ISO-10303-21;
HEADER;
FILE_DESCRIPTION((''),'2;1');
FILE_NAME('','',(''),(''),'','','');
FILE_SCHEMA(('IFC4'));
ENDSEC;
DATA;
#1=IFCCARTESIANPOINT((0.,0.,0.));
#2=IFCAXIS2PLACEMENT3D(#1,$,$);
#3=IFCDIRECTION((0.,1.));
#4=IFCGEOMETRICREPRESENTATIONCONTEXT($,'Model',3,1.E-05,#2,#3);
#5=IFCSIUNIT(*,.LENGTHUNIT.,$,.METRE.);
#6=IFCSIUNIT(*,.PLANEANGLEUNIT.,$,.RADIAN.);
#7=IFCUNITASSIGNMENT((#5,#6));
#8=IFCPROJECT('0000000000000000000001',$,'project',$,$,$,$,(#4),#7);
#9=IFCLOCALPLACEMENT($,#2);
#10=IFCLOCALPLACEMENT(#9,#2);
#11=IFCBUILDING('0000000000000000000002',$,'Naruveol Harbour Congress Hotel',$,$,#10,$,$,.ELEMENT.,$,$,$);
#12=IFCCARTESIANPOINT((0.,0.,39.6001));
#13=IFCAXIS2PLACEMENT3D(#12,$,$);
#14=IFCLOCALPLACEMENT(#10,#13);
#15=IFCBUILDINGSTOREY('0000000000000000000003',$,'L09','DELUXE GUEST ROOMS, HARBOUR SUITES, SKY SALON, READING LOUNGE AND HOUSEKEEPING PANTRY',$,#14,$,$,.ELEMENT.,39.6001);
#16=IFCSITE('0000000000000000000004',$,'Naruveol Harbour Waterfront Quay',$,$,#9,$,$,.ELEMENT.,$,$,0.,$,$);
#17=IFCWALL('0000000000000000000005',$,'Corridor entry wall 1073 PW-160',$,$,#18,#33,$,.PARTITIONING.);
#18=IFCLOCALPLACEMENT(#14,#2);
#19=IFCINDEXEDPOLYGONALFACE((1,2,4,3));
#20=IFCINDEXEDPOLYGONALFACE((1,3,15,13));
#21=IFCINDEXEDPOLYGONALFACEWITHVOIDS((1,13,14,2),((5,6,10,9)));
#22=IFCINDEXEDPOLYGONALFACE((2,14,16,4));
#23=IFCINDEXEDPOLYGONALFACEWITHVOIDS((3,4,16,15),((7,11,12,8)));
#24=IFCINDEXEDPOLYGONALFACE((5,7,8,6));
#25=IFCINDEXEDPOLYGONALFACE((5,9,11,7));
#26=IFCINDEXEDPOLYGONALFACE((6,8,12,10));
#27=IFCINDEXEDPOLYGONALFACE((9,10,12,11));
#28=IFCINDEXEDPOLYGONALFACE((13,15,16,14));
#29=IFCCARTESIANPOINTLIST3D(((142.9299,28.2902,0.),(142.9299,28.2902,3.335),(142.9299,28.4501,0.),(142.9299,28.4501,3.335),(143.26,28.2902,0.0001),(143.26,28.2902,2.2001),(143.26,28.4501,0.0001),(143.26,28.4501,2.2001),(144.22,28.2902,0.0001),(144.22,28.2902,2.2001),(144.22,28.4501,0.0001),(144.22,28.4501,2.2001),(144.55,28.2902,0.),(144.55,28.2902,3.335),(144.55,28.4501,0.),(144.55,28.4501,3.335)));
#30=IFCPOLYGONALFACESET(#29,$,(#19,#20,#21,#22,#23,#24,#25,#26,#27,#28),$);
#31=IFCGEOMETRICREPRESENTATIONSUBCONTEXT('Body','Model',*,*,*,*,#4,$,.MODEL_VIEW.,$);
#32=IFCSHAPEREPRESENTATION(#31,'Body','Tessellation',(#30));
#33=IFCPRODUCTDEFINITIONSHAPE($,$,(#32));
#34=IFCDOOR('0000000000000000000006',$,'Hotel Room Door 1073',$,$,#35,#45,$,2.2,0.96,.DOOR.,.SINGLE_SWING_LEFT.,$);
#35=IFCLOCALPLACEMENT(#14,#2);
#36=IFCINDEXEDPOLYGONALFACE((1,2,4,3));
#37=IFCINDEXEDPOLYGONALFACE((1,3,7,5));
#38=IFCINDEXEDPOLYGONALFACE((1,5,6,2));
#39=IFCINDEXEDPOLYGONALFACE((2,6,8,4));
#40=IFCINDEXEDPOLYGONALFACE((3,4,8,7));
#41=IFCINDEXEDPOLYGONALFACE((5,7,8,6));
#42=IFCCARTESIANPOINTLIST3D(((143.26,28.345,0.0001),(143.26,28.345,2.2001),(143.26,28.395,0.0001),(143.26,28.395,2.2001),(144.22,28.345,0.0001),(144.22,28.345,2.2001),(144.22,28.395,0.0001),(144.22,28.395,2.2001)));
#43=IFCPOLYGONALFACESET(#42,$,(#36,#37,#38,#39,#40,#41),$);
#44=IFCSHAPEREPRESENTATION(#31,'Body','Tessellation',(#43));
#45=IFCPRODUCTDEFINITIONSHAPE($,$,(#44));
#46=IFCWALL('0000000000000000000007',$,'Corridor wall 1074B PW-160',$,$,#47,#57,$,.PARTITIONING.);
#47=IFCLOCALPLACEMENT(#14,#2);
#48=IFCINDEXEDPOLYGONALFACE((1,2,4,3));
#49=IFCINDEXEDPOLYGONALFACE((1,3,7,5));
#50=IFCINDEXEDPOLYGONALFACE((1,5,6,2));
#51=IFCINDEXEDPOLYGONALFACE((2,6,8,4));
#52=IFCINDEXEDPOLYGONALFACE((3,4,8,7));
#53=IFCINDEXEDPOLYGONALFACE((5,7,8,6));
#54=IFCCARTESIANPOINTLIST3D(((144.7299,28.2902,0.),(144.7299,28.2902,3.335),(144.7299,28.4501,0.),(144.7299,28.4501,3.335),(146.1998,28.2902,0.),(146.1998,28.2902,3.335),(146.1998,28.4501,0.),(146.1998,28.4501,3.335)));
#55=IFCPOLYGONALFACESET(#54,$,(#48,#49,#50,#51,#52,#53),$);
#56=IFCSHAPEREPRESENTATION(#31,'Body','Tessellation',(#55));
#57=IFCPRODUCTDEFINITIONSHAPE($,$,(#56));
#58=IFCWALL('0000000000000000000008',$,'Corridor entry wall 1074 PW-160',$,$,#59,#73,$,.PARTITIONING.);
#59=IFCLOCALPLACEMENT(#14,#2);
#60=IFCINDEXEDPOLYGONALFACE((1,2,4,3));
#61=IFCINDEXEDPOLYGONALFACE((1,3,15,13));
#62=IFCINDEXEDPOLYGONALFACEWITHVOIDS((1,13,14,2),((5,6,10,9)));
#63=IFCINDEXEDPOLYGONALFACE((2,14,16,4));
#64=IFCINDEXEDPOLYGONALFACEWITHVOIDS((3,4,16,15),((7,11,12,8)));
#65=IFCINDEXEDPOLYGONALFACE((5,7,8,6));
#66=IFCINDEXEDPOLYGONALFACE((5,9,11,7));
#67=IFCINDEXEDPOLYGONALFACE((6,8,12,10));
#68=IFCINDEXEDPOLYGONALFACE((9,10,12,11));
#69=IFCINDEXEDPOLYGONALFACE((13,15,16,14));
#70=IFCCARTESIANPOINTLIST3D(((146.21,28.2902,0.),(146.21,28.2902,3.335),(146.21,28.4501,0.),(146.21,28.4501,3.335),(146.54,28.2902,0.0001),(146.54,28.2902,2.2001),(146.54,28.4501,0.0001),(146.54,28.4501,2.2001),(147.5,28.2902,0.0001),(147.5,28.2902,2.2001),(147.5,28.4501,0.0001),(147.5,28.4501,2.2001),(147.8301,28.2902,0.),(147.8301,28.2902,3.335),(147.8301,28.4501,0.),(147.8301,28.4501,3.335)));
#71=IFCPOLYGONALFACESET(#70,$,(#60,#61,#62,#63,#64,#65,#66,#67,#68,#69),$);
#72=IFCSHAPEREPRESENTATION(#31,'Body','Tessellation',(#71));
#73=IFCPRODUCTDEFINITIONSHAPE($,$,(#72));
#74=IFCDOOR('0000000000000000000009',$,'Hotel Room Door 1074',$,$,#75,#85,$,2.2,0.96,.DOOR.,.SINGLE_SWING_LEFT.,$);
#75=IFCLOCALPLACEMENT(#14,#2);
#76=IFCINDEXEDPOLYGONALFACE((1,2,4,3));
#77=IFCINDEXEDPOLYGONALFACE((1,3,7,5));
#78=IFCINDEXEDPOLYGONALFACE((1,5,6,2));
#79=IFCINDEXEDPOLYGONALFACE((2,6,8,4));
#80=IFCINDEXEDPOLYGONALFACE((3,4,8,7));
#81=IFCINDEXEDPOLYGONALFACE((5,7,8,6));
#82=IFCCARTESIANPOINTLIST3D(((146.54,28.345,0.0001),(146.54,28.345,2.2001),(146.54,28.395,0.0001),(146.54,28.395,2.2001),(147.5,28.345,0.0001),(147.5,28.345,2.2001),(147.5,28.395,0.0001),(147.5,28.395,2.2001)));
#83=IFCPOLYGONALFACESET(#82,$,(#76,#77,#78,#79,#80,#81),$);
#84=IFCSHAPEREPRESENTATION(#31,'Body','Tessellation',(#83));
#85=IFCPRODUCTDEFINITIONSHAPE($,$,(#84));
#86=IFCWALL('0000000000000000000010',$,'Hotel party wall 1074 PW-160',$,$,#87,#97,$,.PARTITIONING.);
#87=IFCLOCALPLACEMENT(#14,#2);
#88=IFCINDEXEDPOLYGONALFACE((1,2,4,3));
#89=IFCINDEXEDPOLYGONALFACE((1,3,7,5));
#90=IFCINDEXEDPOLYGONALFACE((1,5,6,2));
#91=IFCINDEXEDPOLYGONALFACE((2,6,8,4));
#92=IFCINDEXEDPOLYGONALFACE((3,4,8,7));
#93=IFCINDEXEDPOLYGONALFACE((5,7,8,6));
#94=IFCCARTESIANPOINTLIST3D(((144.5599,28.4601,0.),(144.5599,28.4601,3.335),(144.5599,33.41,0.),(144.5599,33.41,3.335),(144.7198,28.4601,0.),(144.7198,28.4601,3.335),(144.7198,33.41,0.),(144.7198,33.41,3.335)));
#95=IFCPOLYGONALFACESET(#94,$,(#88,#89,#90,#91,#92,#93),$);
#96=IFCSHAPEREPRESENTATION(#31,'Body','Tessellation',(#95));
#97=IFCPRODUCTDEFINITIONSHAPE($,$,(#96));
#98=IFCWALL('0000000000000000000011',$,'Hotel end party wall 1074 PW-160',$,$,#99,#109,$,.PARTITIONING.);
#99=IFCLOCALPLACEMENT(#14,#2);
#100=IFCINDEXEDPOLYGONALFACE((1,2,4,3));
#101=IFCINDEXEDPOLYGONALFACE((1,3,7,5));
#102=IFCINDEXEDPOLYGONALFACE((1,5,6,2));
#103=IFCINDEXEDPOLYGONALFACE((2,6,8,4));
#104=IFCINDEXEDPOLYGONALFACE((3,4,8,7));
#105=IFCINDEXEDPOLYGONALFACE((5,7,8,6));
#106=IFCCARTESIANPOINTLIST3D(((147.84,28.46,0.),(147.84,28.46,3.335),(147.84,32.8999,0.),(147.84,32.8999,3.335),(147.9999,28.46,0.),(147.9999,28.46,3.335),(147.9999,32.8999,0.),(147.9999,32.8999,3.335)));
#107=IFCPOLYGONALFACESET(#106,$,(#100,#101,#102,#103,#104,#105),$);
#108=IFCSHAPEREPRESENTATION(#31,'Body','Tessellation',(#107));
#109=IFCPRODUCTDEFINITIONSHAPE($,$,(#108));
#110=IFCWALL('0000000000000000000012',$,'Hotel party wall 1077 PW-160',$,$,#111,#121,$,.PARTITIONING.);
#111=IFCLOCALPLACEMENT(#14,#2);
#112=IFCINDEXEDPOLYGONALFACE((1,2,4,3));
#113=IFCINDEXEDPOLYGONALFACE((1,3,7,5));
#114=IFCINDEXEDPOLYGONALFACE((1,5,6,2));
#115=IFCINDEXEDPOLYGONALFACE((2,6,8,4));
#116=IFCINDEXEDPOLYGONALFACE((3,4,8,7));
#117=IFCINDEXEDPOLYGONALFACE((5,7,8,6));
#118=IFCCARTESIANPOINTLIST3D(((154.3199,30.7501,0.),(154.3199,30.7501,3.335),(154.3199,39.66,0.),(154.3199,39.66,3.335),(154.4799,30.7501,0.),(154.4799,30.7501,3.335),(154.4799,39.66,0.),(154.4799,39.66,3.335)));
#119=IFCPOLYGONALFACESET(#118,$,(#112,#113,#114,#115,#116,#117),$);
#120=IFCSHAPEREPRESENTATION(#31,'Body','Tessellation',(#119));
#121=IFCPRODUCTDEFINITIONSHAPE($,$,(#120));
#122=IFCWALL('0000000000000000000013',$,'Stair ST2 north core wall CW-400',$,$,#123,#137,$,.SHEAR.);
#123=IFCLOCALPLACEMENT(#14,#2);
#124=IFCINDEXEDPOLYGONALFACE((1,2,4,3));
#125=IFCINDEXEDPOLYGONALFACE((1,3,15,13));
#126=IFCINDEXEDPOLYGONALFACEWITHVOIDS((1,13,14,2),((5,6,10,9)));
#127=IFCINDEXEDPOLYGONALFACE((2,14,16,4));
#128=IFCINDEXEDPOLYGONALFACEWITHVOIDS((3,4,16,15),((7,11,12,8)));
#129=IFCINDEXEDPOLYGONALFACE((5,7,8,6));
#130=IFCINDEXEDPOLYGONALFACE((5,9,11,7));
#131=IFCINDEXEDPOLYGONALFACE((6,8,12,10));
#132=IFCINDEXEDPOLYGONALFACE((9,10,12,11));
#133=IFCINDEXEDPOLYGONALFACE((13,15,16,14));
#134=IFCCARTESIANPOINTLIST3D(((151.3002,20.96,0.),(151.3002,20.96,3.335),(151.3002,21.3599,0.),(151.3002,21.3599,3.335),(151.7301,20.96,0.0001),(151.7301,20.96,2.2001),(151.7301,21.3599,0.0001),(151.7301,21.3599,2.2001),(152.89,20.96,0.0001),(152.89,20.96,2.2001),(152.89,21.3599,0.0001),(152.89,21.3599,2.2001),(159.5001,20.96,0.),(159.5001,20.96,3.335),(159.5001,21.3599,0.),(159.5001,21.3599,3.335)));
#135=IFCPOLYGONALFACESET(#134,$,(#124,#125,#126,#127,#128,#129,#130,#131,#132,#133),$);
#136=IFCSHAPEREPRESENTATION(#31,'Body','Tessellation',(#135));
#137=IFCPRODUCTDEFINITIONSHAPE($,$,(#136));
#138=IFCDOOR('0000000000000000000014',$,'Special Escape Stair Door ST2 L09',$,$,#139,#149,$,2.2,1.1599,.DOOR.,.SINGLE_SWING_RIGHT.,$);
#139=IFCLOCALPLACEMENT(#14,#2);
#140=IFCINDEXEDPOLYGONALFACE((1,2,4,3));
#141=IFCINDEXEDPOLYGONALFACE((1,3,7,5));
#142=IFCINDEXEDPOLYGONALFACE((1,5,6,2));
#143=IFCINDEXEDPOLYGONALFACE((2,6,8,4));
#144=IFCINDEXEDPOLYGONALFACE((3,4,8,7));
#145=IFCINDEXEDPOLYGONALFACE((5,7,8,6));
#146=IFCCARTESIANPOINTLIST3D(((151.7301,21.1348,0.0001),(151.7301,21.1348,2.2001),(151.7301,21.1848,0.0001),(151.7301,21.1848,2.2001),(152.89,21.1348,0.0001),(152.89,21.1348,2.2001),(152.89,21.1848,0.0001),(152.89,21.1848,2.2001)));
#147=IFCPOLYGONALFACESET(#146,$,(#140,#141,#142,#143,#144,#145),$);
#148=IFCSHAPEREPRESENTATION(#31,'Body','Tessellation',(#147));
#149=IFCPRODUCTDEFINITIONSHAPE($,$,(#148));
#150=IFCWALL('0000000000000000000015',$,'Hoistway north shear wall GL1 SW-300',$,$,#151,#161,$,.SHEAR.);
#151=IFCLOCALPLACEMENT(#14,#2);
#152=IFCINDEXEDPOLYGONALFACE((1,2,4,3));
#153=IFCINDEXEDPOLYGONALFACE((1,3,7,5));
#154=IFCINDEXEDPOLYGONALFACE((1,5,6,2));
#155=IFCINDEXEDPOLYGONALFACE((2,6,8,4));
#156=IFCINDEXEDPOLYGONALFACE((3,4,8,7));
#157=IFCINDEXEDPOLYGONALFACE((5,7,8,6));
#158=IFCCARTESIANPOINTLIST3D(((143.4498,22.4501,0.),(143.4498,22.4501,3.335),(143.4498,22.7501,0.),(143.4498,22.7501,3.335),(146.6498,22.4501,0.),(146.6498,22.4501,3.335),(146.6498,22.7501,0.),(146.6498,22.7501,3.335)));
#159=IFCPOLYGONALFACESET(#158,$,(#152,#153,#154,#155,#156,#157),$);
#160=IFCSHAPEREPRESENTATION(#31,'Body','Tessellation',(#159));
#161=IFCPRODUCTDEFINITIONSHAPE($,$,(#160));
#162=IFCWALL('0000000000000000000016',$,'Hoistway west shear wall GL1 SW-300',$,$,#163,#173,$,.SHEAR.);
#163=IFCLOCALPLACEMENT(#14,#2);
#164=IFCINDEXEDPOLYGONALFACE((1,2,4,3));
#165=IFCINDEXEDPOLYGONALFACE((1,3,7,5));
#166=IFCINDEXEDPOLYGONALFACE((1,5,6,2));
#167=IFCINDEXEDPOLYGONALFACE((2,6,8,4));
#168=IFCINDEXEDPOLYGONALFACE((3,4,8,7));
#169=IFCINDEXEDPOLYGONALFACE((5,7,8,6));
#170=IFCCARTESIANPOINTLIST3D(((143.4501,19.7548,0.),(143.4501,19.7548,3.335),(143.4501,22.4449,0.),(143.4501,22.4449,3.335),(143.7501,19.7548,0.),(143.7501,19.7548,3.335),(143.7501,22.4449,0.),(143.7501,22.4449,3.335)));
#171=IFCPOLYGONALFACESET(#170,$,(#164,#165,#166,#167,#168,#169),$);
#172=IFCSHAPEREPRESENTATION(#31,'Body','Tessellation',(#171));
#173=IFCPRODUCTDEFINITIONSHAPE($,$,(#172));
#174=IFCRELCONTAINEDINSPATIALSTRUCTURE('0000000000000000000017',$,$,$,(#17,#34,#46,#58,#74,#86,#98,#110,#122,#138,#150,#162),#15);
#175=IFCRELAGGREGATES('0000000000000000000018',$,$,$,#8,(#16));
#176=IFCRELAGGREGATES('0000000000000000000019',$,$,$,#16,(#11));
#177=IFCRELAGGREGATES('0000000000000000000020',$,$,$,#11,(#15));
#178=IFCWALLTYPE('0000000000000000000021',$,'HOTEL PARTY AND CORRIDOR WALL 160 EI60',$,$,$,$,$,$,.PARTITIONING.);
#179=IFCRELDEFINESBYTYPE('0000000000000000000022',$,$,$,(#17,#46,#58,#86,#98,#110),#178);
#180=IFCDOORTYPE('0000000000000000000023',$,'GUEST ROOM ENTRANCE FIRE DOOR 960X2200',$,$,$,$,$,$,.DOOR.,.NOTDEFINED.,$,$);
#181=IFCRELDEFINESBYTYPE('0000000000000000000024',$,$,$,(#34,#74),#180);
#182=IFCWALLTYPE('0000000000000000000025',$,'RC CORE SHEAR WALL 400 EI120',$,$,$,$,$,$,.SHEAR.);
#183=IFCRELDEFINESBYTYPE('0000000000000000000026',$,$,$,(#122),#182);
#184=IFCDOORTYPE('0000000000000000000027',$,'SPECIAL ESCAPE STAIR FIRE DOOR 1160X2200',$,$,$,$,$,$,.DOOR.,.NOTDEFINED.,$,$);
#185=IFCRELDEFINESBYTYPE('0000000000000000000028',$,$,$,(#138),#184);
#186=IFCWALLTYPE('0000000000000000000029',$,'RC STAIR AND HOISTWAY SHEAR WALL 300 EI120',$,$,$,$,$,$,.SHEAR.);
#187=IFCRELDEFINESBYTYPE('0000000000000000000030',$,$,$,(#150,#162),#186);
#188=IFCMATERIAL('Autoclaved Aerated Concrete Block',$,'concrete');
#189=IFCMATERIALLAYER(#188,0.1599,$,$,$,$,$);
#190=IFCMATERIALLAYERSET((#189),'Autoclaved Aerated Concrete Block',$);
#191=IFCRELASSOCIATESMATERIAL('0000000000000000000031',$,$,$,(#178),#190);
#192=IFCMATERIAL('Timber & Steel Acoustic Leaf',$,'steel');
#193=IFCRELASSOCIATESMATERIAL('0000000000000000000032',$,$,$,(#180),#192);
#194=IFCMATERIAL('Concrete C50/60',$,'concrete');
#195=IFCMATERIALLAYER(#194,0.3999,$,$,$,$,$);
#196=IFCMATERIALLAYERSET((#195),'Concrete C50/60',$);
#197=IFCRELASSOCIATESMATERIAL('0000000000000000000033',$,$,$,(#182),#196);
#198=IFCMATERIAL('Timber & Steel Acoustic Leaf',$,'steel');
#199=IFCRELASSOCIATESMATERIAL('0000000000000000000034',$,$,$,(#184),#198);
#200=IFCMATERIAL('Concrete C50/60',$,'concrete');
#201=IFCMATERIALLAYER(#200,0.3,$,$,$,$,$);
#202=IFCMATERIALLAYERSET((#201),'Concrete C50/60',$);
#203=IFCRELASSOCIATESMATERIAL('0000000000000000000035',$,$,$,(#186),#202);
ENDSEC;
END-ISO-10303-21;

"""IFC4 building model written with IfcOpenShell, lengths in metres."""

from ifc_helpers import new_model, si_unit, direction, frame, frame_2d, origin, place, context, subcontext, project, spatial, rectangle, extrude, material, layer, layer_set, type_object, element, fill, save


model = new_model("IFC4")

# Units and contexts
model_context = context("Model", 3, precision=1e-05, world=origin(), true_north=direction((0.0, 1.0)))
body_context = subcontext(model_context, "Body", "Model", "MODEL_VIEW")
ifc_project = project(units=[si_unit("LENGTHUNIT", "METRE"), si_unit("PLANEANGLEUNIT", "RADIAN")], contexts=[model_context])

# Site, building, storey
site_placement = place(None, origin())
site = spatial("IfcSite", under=ifc_project, at=site_placement, Name="Naruveol Harbour Waterfront Quay", CompositionType="ELEMENT", RefElevation=0.0)
building_placement = place(site_placement, origin())
building = spatial("IfcBuilding", under=site, at=building_placement, Name="Naruveol Harbour Congress Hotel", CompositionType="ELEMENT")
storey_placement = place(building_placement, frame((0.0, 0.0, 39.6001)))
storey = spatial("IfcBuildingStorey", under=building, at=storey_placement, Name="L09", Description="DELUXE GUEST ROOMS, HARBOUR SUITES, SKY SALON, READING LOUNGE AND HOUSEKEEPING PANTRY", CompositionType="ELEMENT", Elevation=39.6001)

# Shared definitions
ifc_material_1 = material(Name="Autoclaved Aerated Concrete Block", Category="concrete")
ifc_layer_1 = layer(ifc_material_1, 0.1599)
ifc_layer_set_1 = layer_set([ifc_layer_1], Name="Autoclaved Aerated Concrete Block")
wall_type_1 = type_object("IfcWallType", Name="HOTEL PARTY AND CORRIDOR WALL 160 EI60", PredefinedType="PARTITIONING", material=ifc_layer_set_1)

# Wall, opening, door
wall_1_placement = place(storey_placement, frame((142.9299, 28.3701, 0.0), z_axis=(0.0, 0.0, 1.0), x_axis=(1.0, 0.0, 0.0)))
wall_1 = element("IfcWall", 1, at=wall_1_placement, inside=storey, type_object=wall_type_1, Name="Corridor entry wall 1073 PW-160", PredefinedType="PARTITIONING", context=body_context, shape_type="SweptSolid", body=[
    extrude(rectangle(XDim=1.6201, YDim=0.1599, at=frame_2d((0.8101, 0.0))), origin(), (0.0, 0.0, 1.0), 3.335),
])
opening_1_placement = place(wall_1_placement, frame((0.3301, 0.0, 0.0)))
opening_1 = element("IfcOpeningElement", 2, at=opening_1_placement, cuts=wall_1, PredefinedType="OPENING", context=body_context, shape_type="SweptSolid", body=[
    extrude(rectangle(XDim=0.96, YDim=2.2, at=frame_2d((0.48, 1.1001))), frame((0.0, 0.0898, 0.0), z_axis=(0.0, -1.0, 0.0), x_axis=(1.0, 0.0, 0.0)), (0.0, 0.0, 1.0), 0.1799),
])
ifc_material_2 = material(Name="Timber & Steel Acoustic Leaf", Category="steel")
door_type_1 = type_object("IfcDoorType", Name="GUEST ROOM ENTRANCE FIRE DOOR 960X2200", OperationType="NOTDEFINED", PredefinedType="DOOR", material=ifc_material_2)
door_1_placement = place(opening_1_placement, origin())
door_1 = element("IfcDoor", 3, at=door_1_placement, inside=storey, type_object=door_type_1, Name="Hotel Room Door 1073", OperationType="SINGLE_SWING_LEFT", OverallHeight=2.2, OverallWidth=0.96, PredefinedType="DOOR", context=body_context, shape_type="SweptSolid", body=[
    extrude(rectangle(XDim=0.96, YDim=2.2, at=frame_2d((0.48, 1.1001))), frame((0.0, 0.0249, 0.0), z_axis=(0.0, -1.0, 0.0), x_axis=(1.0, 0.0, 0.0)), (0.0, 0.0, 1.0), 0.05),
])
fill(opening_1, door_1)

# Wall
wall_2_placement = place(storey_placement, frame((144.73, 28.3701, 0.0), z_axis=(0.0, 0.0, 1.0), x_axis=(1.0, 0.0, 0.0)))
element("IfcWall", 4, at=wall_2_placement, inside=storey, type_object=wall_type_1, Name="Corridor wall 1074B PW-160", PredefinedType="PARTITIONING", context=body_context, shape_type="SweptSolid", body=[
    extrude(rectangle(XDim=1.47, YDim=0.1599, at=frame_2d((0.7349, 0.0))), origin(), (0.0, 0.0, 1.0), 3.335),
])

# Wall, opening, door
wall_3_placement = place(storey_placement, frame((146.21, 28.3701, 0.0), z_axis=(0.0, 0.0, 1.0), x_axis=(1.0, 0.0, 0.0)))
wall_3 = element("IfcWall", 5, at=wall_3_placement, inside=storey, type_object=wall_type_1, Name="Corridor entry wall 1074 PW-160", PredefinedType="PARTITIONING", context=body_context, shape_type="SweptSolid", body=[
    extrude(rectangle(XDim=1.6201, YDim=0.1599, at=frame_2d((0.8101, 0.0))), origin(), (0.0, 0.0, 1.0), 3.335),
])
opening_2_placement = place(wall_3_placement, frame((0.3301, 0.0, 0.0)))
opening_2 = element("IfcOpeningElement", 6, at=opening_2_placement, cuts=wall_3, PredefinedType="OPENING", context=body_context, shape_type="SweptSolid", body=[
    extrude(rectangle(XDim=0.96, YDim=2.2, at=frame_2d((0.48, 1.1001))), frame((0.0, 0.0898, 0.0), z_axis=(0.0, -1.0, 0.0), x_axis=(1.0, 0.0, 0.0)), (0.0, 0.0, 1.0), 0.1799),
])
door_2_placement = place(opening_2_placement, origin())
door_2 = element("IfcDoor", 7, at=door_2_placement, inside=storey, type_object=door_type_1, Name="Hotel Room Door 1074", OperationType="SINGLE_SWING_LEFT", OverallHeight=2.2, OverallWidth=0.96, PredefinedType="DOOR", context=body_context, shape_type="SweptSolid", body=[
    extrude(rectangle(XDim=0.96, YDim=2.2, at=frame_2d((0.48, 1.1001))), frame((0.0, 0.0249, 0.0), z_axis=(0.0, -1.0, 0.0), x_axis=(1.0, 0.0, 0.0)), (0.0, 0.0, 1.0), 0.05),
])
fill(opening_2, door_2)

# Walls
wall_4_placement = place(storey_placement, frame((144.6399, 28.46, 0.0), z_axis=(0.0, 0.0, 1.0), x_axis=(0.0, 1.0, 0.0)))
element("IfcWall", 8, at=wall_4_placement, inside=storey, type_object=wall_type_1, Name="Hotel party wall 1074 PW-160", PredefinedType="PARTITIONING", context=body_context, shape_type="SweptSolid", body=[
    extrude(rectangle(XDim=4.95, YDim=0.1599, at=frame_2d((2.4751, 0.0))), origin(), (0.0, 0.0, 1.0), 3.335),
])
wall_5_placement = place(storey_placement, frame((147.9199, 28.46, 0.0), z_axis=(0.0, 0.0, 1.0), x_axis=(0.0, 1.0, 0.0)))
element("IfcWall", 9, at=wall_5_placement, inside=storey, type_object=wall_type_1, Name="Hotel end party wall 1074 PW-160", PredefinedType="PARTITIONING", context=body_context, shape_type="SweptSolid", body=[
    extrude(rectangle(XDim=4.4399, YDim=0.1599, at=frame_2d((2.22, 0.0))), origin(), (0.0, 0.0, 1.0), 3.335),
])
wall_6_placement = place(storey_placement, frame((154.3999, 30.75, 0.0), z_axis=(0.0, 0.0, 1.0), x_axis=(0.0, 1.0, 0.0)))
element("IfcWall", 10, at=wall_6_placement, inside=storey, type_object=wall_type_1, Name="Hotel party wall 1077 PW-160", PredefinedType="PARTITIONING", context=body_context, shape_type="SweptSolid", body=[
    extrude(rectangle(XDim=8.9099, YDim=0.1599, at=frame_2d((4.4551, 0.0))), origin(), (0.0, 0.0, 1.0), 3.335),
])

# Wall, opening, door
ifc_material_3 = material(Name="Concrete C50/60", Category="concrete")
ifc_layer_2 = layer(ifc_material_3, 0.3999)
ifc_layer_set_2 = layer_set([ifc_layer_2], Name="Concrete C50/60")
wall_type_2 = type_object("IfcWallType", Name="RC CORE SHEAR WALL 400 EI120", PredefinedType="SHEAR", material=ifc_layer_set_2)
wall_7_placement = place(storey_placement, frame((151.3, 21.1599, 0.0), z_axis=(0.0, 0.0, 1.0), x_axis=(1.0, 0.0, 0.0)))
wall_7 = element("IfcWall", 11, at=wall_7_placement, inside=storey, type_object=wall_type_2, Name="Stair ST2 north core wall CW-400", PredefinedType="SHEAR", context=body_context, shape_type="SweptSolid", body=[
    extrude(rectangle(XDim=8.2, YDim=0.3999, at=frame_2d((4.1001, 0.0))), origin(), (0.0, 0.0, 1.0), 3.335),
])
opening_3_placement = place(wall_7_placement, frame((0.4299, 0.0, 0.0)))
opening_3 = element("IfcOpeningElement", 12, at=opening_3_placement, cuts=wall_7, PredefinedType="OPENING", context=body_context, shape_type="SweptSolid", body=[
    extrude(rectangle(XDim=1.1599, YDim=2.2, at=frame_2d((0.5801, 1.1001))), frame((0.0, 0.21, 0.0), z_axis=(0.0, -1.0, 0.0), x_axis=(1.0, 0.0, 0.0)), (0.0, 0.0, 1.0), 0.4199),
])
ifc_material_4 = material(Name="Timber & Steel Acoustic Leaf", Category="steel")
door_type_2 = type_object("IfcDoorType", Name="SPECIAL ESCAPE STAIR FIRE DOOR 1160X2200", OperationType="NOTDEFINED", PredefinedType="DOOR", material=ifc_material_4)
door_3_placement = place(opening_3_placement, origin())
door_3 = element("IfcDoor", 13, at=door_3_placement, inside=storey, type_object=door_type_2, Name="Special Escape Stair Door ST2 L09", OperationType="SINGLE_SWING_RIGHT", OverallHeight=2.2, OverallWidth=1.1599, PredefinedType="DOOR", context=body_context, shape_type="SweptSolid", body=[
    extrude(rectangle(XDim=1.1599, YDim=2.2, at=frame_2d((0.5801, 1.1001))), frame((0.0, 0.0249, 0.0), z_axis=(0.0, -1.0, 0.0), x_axis=(1.0, 0.0, 0.0)), (0.0, 0.0, 1.0), 0.05),
])
fill(opening_3, door_3)

# Walls
ifc_material_5 = material(Name="Concrete C50/60", Category="concrete")
ifc_layer_3 = layer(ifc_material_5, 0.3)
ifc_layer_set_3 = layer_set([ifc_layer_3], Name="Concrete C50/60")
wall_type_3 = type_object("IfcWallType", Name="RC STAIR AND HOISTWAY SHEAR WALL 300 EI120", PredefinedType="SHEAR", material=ifc_layer_set_3)
wall_8_placement = place(storey_placement, frame((146.6499, 22.6001, 0.0), z_axis=(0.0, 0.0, 1.0), x_axis=(-1.0, 0.0, 0.0)))
element("IfcWall", 14, at=wall_8_placement, inside=storey, type_object=wall_type_3, Name="Hoistway north shear wall GL1 SW-300", PredefinedType="SHEAR", context=body_context, shape_type="SweptSolid", body=[
    extrude(rectangle(XDim=3.2, YDim=0.3, at=frame_2d((1.6001, 0.0))), origin(), (0.0, 0.0, 1.0), 3.335),
])
wall_9_placement = place(storey_placement, frame((143.6001, 22.4451, 0.0), z_axis=(0.0, 0.0, 1.0), x_axis=(0.0, -1.0, 0.0)))
element("IfcWall", 15, at=wall_9_placement, inside=storey, type_object=wall_type_3, Name="Hoistway west shear wall GL1 SW-300", PredefinedType="SHEAR", context=body_context, shape_type="SweptSolid", body=[
    extrude(rectangle(XDim=2.6902, YDim=0.3, at=frame_2d((1.3452, 0.0))), origin(), (0.0, 0.0, 1.0), 3.335),
])

save(model, "model.ifc")
